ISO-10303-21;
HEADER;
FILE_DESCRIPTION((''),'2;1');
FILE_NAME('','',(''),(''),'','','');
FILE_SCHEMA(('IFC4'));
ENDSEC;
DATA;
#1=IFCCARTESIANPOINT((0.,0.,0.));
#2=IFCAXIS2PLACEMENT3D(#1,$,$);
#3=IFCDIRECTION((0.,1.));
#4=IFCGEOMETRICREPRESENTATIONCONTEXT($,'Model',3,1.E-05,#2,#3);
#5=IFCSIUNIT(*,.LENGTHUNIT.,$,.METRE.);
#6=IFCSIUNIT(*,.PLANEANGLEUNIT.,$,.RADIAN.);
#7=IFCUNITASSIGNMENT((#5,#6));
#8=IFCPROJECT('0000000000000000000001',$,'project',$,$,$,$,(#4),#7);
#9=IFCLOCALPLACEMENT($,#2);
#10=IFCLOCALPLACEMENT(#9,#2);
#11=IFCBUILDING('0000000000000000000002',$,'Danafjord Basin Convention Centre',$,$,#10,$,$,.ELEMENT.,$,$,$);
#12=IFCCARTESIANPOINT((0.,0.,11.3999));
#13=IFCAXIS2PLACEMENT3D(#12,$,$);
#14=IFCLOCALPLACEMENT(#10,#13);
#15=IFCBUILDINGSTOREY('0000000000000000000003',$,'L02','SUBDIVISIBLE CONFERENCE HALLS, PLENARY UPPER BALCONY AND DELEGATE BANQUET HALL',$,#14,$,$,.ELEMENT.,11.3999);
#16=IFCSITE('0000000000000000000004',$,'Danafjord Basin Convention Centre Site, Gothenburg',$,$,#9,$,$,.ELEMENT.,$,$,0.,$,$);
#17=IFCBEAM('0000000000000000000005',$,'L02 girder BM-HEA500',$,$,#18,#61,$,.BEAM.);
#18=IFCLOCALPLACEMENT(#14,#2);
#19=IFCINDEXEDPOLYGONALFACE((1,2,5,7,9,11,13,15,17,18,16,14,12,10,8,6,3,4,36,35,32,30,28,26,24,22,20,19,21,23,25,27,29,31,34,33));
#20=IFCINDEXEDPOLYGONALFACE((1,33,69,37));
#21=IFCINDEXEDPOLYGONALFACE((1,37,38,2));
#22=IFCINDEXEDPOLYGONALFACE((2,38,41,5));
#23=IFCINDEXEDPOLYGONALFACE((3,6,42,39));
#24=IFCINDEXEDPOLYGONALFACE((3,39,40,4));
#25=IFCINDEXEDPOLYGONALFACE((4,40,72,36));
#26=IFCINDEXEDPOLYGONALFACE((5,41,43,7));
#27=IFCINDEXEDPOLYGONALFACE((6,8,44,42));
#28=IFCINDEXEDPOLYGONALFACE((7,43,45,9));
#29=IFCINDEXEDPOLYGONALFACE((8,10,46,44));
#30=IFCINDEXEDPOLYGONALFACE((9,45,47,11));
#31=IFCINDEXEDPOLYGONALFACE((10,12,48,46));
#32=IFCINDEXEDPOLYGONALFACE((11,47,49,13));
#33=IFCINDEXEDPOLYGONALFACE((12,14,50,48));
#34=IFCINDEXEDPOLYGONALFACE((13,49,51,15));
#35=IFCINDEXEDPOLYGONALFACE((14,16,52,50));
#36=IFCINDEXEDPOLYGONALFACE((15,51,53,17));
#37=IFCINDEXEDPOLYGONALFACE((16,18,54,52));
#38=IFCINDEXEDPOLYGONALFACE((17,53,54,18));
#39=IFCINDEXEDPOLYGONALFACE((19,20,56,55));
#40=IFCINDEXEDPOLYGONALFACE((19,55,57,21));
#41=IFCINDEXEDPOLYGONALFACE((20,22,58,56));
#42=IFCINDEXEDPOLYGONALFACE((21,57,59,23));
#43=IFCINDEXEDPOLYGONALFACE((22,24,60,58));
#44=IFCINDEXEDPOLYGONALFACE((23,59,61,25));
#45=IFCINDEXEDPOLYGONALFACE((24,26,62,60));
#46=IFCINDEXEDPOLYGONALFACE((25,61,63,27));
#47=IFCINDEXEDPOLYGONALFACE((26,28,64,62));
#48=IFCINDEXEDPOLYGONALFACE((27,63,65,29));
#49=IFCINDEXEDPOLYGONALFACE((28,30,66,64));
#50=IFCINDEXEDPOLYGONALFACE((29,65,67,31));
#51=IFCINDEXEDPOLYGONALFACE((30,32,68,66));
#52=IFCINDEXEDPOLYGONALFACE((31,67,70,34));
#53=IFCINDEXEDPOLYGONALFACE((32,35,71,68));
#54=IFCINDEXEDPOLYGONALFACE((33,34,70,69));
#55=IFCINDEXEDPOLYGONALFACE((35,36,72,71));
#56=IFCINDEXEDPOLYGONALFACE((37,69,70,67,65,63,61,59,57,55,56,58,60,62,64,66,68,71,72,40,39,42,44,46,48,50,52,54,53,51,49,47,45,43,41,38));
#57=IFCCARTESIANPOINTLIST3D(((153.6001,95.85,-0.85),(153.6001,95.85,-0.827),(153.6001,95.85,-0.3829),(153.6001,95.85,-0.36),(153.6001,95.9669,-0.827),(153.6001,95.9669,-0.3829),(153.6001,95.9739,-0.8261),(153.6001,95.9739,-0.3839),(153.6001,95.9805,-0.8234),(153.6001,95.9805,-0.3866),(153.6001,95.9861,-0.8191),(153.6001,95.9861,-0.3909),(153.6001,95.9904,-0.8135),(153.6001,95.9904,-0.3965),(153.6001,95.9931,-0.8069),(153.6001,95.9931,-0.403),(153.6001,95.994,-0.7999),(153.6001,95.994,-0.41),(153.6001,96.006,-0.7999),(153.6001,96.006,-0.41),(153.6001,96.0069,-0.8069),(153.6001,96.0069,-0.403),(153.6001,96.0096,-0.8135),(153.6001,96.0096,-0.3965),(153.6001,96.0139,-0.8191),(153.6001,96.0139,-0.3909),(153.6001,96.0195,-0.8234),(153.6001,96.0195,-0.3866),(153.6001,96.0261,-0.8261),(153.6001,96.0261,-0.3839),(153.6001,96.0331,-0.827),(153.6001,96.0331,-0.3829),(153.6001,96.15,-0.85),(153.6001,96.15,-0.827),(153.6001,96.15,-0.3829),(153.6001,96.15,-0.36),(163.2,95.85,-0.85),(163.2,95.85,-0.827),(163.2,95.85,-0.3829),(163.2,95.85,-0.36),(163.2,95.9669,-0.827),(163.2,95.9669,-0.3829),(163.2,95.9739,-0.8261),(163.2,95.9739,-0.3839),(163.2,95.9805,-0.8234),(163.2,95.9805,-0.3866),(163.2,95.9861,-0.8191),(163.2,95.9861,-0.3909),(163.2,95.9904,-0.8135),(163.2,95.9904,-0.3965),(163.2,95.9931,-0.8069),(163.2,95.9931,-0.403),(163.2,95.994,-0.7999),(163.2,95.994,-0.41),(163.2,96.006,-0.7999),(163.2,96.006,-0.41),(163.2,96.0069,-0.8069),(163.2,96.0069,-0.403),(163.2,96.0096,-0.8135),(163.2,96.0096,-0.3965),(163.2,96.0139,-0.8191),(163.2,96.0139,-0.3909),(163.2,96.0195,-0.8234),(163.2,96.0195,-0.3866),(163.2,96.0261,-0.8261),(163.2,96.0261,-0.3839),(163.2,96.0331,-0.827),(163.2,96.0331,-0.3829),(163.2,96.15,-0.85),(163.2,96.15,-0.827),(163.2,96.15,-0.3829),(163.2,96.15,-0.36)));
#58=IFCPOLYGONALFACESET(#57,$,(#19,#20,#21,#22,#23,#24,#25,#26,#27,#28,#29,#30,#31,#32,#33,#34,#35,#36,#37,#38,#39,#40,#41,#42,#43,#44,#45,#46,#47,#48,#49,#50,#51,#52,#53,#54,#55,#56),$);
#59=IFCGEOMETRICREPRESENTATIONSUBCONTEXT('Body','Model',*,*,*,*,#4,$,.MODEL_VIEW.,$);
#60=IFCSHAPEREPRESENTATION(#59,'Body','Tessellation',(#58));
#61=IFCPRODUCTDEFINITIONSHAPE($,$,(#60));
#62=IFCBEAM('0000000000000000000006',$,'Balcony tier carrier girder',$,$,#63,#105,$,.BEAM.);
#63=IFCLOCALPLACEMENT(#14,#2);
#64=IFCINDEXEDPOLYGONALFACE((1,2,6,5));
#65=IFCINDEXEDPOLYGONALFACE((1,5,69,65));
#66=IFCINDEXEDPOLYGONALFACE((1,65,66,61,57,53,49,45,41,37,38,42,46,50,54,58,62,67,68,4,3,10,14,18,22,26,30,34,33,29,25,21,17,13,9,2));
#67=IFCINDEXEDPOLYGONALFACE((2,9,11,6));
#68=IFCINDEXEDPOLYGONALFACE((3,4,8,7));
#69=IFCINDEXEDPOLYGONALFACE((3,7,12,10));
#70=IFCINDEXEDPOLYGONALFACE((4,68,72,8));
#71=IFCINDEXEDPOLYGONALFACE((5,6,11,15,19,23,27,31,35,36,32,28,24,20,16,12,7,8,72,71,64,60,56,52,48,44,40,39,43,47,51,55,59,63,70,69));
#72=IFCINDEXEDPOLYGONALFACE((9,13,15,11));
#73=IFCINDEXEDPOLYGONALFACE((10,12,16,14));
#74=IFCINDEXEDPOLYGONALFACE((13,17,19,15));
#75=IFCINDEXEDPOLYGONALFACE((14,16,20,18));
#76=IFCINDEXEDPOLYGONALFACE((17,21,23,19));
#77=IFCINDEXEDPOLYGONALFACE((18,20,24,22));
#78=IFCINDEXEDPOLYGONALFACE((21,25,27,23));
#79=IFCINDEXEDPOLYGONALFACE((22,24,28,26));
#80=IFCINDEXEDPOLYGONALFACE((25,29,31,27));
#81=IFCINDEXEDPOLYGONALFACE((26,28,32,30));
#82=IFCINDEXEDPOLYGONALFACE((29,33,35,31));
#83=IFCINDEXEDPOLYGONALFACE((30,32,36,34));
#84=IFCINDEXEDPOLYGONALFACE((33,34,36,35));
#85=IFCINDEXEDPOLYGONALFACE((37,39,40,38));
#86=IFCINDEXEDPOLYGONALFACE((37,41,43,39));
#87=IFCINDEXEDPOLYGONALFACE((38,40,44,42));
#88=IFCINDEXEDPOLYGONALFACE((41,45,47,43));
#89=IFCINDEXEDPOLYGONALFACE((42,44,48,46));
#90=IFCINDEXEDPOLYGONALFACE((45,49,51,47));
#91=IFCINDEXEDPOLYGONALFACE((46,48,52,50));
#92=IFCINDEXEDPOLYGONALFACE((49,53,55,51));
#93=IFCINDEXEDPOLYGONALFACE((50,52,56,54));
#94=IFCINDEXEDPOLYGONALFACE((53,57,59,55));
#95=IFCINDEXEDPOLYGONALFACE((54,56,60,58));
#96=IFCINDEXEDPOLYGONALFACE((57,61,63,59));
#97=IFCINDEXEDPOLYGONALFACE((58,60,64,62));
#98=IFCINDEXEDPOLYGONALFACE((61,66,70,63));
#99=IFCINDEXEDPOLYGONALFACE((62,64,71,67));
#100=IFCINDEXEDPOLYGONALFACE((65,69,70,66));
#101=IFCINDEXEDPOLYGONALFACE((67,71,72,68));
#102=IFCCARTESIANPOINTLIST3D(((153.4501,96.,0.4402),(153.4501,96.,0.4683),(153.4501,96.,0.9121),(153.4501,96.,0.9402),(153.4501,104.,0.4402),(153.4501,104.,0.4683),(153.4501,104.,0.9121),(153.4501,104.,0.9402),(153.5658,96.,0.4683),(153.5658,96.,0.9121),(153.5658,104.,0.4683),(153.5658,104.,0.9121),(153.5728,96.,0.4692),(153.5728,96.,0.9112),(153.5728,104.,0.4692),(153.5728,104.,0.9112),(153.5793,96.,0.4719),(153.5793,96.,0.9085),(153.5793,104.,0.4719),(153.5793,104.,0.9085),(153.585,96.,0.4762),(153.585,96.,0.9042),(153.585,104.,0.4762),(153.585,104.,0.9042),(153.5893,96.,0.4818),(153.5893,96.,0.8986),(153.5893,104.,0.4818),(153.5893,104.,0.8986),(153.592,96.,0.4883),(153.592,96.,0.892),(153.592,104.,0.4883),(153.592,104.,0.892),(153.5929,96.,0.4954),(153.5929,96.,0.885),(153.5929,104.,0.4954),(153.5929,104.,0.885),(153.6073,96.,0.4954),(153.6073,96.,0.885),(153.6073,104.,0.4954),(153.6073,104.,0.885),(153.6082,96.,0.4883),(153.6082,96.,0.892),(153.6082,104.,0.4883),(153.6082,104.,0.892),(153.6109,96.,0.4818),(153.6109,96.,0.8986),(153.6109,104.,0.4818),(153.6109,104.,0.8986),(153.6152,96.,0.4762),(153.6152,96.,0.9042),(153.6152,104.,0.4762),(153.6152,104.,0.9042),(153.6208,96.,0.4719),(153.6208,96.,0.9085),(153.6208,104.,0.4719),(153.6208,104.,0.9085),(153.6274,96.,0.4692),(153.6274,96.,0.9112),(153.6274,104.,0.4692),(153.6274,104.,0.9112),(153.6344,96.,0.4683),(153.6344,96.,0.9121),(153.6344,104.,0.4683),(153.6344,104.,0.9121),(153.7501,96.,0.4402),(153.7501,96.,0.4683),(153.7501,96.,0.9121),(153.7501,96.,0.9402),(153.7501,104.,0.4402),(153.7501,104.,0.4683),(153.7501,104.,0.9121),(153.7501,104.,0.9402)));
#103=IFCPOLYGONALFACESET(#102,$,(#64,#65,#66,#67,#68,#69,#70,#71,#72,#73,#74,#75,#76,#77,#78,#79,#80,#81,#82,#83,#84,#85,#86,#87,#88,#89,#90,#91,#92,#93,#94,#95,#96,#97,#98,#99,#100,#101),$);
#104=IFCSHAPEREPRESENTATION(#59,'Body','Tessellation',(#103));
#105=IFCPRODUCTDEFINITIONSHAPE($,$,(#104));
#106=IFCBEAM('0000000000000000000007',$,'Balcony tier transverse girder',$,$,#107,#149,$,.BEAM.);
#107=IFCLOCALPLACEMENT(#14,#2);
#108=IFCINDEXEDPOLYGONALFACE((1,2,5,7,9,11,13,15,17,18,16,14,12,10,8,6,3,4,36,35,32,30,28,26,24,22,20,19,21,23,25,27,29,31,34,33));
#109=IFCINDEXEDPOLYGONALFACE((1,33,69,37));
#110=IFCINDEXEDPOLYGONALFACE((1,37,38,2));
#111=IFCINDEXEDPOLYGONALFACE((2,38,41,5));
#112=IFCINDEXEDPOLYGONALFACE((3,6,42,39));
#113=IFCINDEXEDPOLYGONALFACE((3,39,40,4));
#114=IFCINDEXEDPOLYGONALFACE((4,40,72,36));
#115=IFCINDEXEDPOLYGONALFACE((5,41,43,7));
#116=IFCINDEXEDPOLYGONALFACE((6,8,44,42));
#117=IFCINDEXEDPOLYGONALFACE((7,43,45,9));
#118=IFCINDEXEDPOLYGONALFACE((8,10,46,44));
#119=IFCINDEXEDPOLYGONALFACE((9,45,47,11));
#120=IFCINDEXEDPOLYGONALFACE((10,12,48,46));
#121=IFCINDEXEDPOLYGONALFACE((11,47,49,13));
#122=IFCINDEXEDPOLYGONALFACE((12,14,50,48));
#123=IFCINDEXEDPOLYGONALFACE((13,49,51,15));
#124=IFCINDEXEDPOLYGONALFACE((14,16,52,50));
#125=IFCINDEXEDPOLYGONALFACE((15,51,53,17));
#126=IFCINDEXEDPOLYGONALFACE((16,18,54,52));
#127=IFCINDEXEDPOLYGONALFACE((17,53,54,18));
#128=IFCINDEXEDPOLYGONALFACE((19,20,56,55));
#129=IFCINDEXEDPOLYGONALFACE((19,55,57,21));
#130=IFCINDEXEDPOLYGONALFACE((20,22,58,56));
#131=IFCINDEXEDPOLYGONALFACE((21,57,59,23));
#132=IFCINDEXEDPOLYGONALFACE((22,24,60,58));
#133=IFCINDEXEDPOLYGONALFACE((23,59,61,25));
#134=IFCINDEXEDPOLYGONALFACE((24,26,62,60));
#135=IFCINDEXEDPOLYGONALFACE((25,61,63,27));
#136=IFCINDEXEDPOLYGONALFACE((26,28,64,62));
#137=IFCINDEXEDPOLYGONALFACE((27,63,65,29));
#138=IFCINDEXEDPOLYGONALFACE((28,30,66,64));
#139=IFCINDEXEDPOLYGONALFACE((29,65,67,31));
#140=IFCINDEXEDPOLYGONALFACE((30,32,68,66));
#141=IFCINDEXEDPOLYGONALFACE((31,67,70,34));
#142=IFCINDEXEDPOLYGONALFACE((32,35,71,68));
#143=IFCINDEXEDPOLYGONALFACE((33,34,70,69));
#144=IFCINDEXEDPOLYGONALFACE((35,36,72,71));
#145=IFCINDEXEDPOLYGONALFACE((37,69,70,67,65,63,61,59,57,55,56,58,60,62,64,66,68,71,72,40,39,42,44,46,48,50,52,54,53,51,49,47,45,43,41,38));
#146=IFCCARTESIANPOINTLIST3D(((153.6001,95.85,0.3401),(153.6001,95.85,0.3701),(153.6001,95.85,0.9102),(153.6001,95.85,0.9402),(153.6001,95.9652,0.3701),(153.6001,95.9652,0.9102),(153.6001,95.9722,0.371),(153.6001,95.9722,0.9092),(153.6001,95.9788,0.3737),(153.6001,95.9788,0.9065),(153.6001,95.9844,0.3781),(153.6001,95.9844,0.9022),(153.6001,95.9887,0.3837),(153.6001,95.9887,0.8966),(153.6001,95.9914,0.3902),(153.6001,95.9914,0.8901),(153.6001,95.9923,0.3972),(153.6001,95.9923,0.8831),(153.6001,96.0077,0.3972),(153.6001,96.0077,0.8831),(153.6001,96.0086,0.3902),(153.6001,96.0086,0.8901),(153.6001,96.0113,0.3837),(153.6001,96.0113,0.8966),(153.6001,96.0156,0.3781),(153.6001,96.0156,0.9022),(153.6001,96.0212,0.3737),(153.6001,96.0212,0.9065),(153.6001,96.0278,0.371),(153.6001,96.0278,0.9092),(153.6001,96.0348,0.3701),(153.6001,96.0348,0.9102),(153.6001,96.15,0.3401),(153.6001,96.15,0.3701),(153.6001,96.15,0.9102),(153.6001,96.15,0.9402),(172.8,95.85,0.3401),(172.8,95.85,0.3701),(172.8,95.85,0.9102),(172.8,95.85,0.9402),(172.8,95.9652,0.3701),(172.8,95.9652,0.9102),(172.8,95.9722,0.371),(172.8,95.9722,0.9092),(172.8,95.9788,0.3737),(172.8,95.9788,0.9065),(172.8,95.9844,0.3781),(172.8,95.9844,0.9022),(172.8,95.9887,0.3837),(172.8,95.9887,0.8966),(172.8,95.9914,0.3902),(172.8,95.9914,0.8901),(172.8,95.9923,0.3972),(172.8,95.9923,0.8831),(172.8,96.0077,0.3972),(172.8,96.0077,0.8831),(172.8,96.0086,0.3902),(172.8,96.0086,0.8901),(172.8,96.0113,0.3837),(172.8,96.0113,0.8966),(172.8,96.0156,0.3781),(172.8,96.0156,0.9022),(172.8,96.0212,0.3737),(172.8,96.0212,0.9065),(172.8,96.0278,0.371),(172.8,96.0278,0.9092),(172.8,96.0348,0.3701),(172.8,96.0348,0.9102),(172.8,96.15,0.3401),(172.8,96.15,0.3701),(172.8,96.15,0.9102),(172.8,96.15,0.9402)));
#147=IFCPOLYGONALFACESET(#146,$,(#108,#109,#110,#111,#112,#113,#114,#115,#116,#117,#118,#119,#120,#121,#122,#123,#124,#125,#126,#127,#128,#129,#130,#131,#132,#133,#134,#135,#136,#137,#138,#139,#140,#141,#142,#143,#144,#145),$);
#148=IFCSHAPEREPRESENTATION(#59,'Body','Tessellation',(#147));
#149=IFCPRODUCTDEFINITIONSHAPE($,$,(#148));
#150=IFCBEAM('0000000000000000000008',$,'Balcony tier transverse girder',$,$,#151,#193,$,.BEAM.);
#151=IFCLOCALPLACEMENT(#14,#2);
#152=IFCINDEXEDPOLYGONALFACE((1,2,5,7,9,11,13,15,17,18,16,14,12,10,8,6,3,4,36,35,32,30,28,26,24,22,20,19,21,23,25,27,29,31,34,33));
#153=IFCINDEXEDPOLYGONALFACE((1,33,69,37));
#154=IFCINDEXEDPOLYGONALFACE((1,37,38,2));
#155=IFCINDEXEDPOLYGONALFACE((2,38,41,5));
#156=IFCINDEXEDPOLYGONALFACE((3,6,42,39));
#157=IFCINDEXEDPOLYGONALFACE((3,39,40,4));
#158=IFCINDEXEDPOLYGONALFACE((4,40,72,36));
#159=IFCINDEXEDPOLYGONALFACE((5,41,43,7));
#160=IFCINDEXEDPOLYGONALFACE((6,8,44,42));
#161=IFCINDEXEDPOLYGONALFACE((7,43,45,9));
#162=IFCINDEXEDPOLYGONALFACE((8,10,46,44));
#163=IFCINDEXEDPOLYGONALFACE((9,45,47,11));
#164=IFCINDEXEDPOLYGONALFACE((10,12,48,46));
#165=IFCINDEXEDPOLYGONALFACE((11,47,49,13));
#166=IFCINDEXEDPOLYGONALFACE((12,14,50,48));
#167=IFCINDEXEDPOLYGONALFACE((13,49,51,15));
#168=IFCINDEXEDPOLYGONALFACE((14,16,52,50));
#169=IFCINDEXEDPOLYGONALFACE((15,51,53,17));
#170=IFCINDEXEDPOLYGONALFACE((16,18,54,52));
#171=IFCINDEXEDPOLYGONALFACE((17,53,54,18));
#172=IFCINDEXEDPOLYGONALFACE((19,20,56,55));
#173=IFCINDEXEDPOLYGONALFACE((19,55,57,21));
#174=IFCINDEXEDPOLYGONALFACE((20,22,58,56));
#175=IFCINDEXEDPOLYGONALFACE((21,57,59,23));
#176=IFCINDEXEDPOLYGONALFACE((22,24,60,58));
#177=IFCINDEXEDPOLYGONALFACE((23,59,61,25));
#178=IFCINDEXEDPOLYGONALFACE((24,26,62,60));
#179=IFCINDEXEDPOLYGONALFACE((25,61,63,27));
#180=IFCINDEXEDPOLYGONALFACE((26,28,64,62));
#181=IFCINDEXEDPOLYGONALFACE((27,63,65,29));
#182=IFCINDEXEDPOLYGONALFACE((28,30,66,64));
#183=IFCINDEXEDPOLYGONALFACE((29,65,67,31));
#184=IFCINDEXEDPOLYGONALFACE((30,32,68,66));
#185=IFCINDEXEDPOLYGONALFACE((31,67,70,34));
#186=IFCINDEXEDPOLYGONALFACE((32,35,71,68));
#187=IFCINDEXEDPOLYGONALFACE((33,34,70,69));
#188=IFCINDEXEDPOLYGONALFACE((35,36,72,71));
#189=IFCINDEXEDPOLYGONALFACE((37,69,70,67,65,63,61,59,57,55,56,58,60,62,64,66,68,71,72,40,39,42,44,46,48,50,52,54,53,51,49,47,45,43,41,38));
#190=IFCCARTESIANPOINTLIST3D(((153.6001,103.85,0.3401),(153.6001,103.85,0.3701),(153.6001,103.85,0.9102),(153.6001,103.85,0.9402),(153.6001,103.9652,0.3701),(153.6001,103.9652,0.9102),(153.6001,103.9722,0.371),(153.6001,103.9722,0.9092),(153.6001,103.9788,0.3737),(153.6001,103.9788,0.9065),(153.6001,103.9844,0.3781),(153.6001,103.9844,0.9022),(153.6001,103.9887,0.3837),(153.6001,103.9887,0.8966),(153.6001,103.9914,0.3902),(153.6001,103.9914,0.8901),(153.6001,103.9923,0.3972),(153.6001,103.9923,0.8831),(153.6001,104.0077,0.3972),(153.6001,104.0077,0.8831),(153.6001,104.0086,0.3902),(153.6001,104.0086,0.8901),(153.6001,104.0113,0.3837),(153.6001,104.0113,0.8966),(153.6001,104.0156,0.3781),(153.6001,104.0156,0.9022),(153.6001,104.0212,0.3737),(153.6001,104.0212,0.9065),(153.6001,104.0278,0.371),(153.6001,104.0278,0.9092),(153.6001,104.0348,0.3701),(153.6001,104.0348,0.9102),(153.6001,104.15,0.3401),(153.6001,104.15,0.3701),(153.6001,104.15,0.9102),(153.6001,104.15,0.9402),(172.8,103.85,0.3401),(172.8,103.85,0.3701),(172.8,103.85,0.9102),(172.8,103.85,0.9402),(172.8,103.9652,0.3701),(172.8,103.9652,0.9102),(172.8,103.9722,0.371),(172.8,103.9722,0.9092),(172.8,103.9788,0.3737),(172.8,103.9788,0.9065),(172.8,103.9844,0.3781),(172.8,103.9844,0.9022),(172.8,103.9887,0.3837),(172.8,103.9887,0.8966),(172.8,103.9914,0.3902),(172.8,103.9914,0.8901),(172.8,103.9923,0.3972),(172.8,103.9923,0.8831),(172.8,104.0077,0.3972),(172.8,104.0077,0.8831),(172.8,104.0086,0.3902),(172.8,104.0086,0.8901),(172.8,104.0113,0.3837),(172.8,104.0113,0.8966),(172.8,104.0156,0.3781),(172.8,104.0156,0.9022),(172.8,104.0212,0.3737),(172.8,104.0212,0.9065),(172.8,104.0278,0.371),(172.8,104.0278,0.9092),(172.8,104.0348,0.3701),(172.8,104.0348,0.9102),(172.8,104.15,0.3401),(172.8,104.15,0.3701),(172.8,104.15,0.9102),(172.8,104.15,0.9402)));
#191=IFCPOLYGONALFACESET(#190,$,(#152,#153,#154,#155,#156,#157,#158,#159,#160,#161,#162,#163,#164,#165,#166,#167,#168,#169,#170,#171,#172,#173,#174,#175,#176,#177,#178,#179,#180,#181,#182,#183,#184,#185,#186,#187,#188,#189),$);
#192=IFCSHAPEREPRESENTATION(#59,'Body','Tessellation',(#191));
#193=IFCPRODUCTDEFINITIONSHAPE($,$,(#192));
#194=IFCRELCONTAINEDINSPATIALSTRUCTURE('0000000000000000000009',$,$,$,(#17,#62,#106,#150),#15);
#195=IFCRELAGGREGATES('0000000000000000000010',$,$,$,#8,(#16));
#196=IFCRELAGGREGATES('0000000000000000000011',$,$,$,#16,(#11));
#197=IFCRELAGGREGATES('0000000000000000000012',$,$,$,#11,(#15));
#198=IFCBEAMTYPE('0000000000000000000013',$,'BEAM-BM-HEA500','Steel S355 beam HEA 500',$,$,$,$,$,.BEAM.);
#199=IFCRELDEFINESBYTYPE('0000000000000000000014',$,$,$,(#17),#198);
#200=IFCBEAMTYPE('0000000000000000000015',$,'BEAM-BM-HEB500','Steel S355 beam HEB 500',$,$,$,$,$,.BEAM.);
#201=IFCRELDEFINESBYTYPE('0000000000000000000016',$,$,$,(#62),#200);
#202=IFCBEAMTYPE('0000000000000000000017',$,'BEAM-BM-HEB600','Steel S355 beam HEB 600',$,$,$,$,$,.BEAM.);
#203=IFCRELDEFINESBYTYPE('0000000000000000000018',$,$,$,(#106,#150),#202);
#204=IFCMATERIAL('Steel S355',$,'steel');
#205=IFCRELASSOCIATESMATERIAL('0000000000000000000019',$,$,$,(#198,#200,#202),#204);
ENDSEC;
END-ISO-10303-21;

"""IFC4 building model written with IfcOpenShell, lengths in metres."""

from ifc_helpers import new_model, si_unit, direction, frame, origin, origin_2d, place, context, subcontext, project, spatial, i_section, extrude, material, material_profile, profile_set, type_object, element, save


model = new_model("IFC4")

# Units and contexts
model_context = context("Model", 3, precision=1e-05, world=origin(), true_north=direction((0.0, 1.0)))
body_context = subcontext(model_context, "Body", "Model", "MODEL_VIEW")
ifc_project = project(units=[si_unit("LENGTHUNIT", "METRE"), si_unit("PLANEANGLEUNIT", "RADIAN")], contexts=[model_context])

# Site, building, storey
site_placement = place(None, origin())
site = spatial("IfcSite", under=ifc_project, at=site_placement, Name="Danafjord Basin Convention Centre Site, Gothenburg", CompositionType="ELEMENT", RefElevation=0.0)
building_placement = place(site_placement, origin())
building = spatial("IfcBuilding", under=site, at=building_placement, Name="Danafjord Basin Convention Centre", CompositionType="ELEMENT")
storey_placement = place(building_placement, frame((0.0, 0.0, 11.3999)))
storey = spatial("IfcBuildingStorey", under=building, at=storey_placement, Name="L02", Description="SUBDIVISIBLE CONFERENCE HALLS, PLENARY UPPER BALCONY AND DELEGATE BANQUET HALL", CompositionType="ELEMENT", Elevation=11.3999)

# Shared definitions
ifc_material_1 = material(Name="Steel S355", Category="steel")

# Beams
ifc_material_profile_1 = material_profile(ifc_material_1, i_section(OverallWidth=0.3, OverallDepth=0.49, WebThickness=0.012, FlangeThickness=0.0229, FilletRadius=0.0271, at=origin_2d()), Name="HEA 500")
ifc_profile_set_1 = profile_set([ifc_material_profile_1], Name="Steel S355")
beam_type_1 = type_object("IfcBeamType", Name="BEAM-BM-HEA500", Description="Steel S355 beam HEA 500", PredefinedType="BEAM", material=ifc_profile_set_1)
beam_1_placement = place(storey_placement, frame((153.6001, 96.0, -0.605), z_axis=(1.0, 0.0, 0.0), x_axis=(0.0, 1.0, 0.0)))
element("IfcBeam", 1, at=beam_1_placement, inside=storey, type_object=beam_type_1, Name="L02 girder BM-HEA500", PredefinedType="BEAM", context=body_context, shape_type="SweptSolid", body=[
    extrude(i_section(OverallWidth=0.3, OverallDepth=0.49, WebThickness=0.012, FlangeThickness=0.0229, FilletRadius=0.0271, at=origin_2d()), origin(), (0.0, 0.0, 1.0), 9.5999),
])
ifc_material_profile_2 = material_profile(ifc_material_1, i_section(OverallWidth=0.3, OverallDepth=0.5, WebThickness=0.0144, FlangeThickness=0.0281, FilletRadius=0.0271, at=origin_2d()), Name="HEB 500")
ifc_profile_set_2 = profile_set([ifc_material_profile_2], Name="Steel S355")
beam_type_2 = type_object("IfcBeamType", Name="BEAM-BM-HEB500", Description="Steel S355 beam HEB 500", PredefinedType="BEAM", material=ifc_profile_set_2)
beam_2_placement = place(storey_placement, frame((153.6001, 96.0, 0.6902), z_axis=(0.0, 1.0, 0.0), x_axis=(-1.0, 0.0, 0.0)))
element("IfcBeam", 2, at=beam_2_placement, inside=storey, type_object=beam_type_2, Name="Balcony tier carrier girder", PredefinedType="BEAM", context=body_context, shape_type="SweptSolid", body=[
    extrude(i_section(OverallWidth=0.3, OverallDepth=0.5, WebThickness=0.0144, FlangeThickness=0.0281, FilletRadius=0.0271, at=origin_2d()), origin(), (0.0, 0.0, 1.0), 8.0),
])
ifc_material_profile_3 = material_profile(ifc_material_1, i_section(OverallWidth=0.3, OverallDepth=0.6001, WebThickness=0.0154, FlangeThickness=0.03, FilletRadius=0.0271, at=origin_2d()), Name="HEB 600")
ifc_profile_set_3 = profile_set([ifc_material_profile_3], Name="Steel S355")
beam_type_3 = type_object("IfcBeamType", Name="BEAM-BM-HEB600", Description="Steel S355 beam HEB 600", PredefinedType="BEAM", material=ifc_profile_set_3)
for number, where, z_axis, x_axis, name in (
    (3, (153.6001, 96.0, 0.6401), (1.0, 0.0, 0.0), (0.0, 1.0, 0.0), "Balcony tier transverse girder"),
    (4, (153.6001, 104.0, 0.6401), (1.0, 0.0, 0.0), (0.0, 1.0, 0.0), "Balcony tier transverse girder"),
):
    element("IfcBeam", number, at=place(storey_placement, frame(where, z_axis=z_axis, x_axis=x_axis)), inside=storey, type_object=beam_type_3, Name=name, PredefinedType="BEAM", context=body_context, shape_type="SweptSolid", body=[
        extrude(i_section(OverallWidth=0.3, OverallDepth=0.6001, WebThickness=0.0154, FlangeThickness=0.03, FilletRadius=0.0271, at=origin_2d()), origin(), (0.0, 0.0, 1.0), 19.2),
    ])

save(model, "model.ifc")
